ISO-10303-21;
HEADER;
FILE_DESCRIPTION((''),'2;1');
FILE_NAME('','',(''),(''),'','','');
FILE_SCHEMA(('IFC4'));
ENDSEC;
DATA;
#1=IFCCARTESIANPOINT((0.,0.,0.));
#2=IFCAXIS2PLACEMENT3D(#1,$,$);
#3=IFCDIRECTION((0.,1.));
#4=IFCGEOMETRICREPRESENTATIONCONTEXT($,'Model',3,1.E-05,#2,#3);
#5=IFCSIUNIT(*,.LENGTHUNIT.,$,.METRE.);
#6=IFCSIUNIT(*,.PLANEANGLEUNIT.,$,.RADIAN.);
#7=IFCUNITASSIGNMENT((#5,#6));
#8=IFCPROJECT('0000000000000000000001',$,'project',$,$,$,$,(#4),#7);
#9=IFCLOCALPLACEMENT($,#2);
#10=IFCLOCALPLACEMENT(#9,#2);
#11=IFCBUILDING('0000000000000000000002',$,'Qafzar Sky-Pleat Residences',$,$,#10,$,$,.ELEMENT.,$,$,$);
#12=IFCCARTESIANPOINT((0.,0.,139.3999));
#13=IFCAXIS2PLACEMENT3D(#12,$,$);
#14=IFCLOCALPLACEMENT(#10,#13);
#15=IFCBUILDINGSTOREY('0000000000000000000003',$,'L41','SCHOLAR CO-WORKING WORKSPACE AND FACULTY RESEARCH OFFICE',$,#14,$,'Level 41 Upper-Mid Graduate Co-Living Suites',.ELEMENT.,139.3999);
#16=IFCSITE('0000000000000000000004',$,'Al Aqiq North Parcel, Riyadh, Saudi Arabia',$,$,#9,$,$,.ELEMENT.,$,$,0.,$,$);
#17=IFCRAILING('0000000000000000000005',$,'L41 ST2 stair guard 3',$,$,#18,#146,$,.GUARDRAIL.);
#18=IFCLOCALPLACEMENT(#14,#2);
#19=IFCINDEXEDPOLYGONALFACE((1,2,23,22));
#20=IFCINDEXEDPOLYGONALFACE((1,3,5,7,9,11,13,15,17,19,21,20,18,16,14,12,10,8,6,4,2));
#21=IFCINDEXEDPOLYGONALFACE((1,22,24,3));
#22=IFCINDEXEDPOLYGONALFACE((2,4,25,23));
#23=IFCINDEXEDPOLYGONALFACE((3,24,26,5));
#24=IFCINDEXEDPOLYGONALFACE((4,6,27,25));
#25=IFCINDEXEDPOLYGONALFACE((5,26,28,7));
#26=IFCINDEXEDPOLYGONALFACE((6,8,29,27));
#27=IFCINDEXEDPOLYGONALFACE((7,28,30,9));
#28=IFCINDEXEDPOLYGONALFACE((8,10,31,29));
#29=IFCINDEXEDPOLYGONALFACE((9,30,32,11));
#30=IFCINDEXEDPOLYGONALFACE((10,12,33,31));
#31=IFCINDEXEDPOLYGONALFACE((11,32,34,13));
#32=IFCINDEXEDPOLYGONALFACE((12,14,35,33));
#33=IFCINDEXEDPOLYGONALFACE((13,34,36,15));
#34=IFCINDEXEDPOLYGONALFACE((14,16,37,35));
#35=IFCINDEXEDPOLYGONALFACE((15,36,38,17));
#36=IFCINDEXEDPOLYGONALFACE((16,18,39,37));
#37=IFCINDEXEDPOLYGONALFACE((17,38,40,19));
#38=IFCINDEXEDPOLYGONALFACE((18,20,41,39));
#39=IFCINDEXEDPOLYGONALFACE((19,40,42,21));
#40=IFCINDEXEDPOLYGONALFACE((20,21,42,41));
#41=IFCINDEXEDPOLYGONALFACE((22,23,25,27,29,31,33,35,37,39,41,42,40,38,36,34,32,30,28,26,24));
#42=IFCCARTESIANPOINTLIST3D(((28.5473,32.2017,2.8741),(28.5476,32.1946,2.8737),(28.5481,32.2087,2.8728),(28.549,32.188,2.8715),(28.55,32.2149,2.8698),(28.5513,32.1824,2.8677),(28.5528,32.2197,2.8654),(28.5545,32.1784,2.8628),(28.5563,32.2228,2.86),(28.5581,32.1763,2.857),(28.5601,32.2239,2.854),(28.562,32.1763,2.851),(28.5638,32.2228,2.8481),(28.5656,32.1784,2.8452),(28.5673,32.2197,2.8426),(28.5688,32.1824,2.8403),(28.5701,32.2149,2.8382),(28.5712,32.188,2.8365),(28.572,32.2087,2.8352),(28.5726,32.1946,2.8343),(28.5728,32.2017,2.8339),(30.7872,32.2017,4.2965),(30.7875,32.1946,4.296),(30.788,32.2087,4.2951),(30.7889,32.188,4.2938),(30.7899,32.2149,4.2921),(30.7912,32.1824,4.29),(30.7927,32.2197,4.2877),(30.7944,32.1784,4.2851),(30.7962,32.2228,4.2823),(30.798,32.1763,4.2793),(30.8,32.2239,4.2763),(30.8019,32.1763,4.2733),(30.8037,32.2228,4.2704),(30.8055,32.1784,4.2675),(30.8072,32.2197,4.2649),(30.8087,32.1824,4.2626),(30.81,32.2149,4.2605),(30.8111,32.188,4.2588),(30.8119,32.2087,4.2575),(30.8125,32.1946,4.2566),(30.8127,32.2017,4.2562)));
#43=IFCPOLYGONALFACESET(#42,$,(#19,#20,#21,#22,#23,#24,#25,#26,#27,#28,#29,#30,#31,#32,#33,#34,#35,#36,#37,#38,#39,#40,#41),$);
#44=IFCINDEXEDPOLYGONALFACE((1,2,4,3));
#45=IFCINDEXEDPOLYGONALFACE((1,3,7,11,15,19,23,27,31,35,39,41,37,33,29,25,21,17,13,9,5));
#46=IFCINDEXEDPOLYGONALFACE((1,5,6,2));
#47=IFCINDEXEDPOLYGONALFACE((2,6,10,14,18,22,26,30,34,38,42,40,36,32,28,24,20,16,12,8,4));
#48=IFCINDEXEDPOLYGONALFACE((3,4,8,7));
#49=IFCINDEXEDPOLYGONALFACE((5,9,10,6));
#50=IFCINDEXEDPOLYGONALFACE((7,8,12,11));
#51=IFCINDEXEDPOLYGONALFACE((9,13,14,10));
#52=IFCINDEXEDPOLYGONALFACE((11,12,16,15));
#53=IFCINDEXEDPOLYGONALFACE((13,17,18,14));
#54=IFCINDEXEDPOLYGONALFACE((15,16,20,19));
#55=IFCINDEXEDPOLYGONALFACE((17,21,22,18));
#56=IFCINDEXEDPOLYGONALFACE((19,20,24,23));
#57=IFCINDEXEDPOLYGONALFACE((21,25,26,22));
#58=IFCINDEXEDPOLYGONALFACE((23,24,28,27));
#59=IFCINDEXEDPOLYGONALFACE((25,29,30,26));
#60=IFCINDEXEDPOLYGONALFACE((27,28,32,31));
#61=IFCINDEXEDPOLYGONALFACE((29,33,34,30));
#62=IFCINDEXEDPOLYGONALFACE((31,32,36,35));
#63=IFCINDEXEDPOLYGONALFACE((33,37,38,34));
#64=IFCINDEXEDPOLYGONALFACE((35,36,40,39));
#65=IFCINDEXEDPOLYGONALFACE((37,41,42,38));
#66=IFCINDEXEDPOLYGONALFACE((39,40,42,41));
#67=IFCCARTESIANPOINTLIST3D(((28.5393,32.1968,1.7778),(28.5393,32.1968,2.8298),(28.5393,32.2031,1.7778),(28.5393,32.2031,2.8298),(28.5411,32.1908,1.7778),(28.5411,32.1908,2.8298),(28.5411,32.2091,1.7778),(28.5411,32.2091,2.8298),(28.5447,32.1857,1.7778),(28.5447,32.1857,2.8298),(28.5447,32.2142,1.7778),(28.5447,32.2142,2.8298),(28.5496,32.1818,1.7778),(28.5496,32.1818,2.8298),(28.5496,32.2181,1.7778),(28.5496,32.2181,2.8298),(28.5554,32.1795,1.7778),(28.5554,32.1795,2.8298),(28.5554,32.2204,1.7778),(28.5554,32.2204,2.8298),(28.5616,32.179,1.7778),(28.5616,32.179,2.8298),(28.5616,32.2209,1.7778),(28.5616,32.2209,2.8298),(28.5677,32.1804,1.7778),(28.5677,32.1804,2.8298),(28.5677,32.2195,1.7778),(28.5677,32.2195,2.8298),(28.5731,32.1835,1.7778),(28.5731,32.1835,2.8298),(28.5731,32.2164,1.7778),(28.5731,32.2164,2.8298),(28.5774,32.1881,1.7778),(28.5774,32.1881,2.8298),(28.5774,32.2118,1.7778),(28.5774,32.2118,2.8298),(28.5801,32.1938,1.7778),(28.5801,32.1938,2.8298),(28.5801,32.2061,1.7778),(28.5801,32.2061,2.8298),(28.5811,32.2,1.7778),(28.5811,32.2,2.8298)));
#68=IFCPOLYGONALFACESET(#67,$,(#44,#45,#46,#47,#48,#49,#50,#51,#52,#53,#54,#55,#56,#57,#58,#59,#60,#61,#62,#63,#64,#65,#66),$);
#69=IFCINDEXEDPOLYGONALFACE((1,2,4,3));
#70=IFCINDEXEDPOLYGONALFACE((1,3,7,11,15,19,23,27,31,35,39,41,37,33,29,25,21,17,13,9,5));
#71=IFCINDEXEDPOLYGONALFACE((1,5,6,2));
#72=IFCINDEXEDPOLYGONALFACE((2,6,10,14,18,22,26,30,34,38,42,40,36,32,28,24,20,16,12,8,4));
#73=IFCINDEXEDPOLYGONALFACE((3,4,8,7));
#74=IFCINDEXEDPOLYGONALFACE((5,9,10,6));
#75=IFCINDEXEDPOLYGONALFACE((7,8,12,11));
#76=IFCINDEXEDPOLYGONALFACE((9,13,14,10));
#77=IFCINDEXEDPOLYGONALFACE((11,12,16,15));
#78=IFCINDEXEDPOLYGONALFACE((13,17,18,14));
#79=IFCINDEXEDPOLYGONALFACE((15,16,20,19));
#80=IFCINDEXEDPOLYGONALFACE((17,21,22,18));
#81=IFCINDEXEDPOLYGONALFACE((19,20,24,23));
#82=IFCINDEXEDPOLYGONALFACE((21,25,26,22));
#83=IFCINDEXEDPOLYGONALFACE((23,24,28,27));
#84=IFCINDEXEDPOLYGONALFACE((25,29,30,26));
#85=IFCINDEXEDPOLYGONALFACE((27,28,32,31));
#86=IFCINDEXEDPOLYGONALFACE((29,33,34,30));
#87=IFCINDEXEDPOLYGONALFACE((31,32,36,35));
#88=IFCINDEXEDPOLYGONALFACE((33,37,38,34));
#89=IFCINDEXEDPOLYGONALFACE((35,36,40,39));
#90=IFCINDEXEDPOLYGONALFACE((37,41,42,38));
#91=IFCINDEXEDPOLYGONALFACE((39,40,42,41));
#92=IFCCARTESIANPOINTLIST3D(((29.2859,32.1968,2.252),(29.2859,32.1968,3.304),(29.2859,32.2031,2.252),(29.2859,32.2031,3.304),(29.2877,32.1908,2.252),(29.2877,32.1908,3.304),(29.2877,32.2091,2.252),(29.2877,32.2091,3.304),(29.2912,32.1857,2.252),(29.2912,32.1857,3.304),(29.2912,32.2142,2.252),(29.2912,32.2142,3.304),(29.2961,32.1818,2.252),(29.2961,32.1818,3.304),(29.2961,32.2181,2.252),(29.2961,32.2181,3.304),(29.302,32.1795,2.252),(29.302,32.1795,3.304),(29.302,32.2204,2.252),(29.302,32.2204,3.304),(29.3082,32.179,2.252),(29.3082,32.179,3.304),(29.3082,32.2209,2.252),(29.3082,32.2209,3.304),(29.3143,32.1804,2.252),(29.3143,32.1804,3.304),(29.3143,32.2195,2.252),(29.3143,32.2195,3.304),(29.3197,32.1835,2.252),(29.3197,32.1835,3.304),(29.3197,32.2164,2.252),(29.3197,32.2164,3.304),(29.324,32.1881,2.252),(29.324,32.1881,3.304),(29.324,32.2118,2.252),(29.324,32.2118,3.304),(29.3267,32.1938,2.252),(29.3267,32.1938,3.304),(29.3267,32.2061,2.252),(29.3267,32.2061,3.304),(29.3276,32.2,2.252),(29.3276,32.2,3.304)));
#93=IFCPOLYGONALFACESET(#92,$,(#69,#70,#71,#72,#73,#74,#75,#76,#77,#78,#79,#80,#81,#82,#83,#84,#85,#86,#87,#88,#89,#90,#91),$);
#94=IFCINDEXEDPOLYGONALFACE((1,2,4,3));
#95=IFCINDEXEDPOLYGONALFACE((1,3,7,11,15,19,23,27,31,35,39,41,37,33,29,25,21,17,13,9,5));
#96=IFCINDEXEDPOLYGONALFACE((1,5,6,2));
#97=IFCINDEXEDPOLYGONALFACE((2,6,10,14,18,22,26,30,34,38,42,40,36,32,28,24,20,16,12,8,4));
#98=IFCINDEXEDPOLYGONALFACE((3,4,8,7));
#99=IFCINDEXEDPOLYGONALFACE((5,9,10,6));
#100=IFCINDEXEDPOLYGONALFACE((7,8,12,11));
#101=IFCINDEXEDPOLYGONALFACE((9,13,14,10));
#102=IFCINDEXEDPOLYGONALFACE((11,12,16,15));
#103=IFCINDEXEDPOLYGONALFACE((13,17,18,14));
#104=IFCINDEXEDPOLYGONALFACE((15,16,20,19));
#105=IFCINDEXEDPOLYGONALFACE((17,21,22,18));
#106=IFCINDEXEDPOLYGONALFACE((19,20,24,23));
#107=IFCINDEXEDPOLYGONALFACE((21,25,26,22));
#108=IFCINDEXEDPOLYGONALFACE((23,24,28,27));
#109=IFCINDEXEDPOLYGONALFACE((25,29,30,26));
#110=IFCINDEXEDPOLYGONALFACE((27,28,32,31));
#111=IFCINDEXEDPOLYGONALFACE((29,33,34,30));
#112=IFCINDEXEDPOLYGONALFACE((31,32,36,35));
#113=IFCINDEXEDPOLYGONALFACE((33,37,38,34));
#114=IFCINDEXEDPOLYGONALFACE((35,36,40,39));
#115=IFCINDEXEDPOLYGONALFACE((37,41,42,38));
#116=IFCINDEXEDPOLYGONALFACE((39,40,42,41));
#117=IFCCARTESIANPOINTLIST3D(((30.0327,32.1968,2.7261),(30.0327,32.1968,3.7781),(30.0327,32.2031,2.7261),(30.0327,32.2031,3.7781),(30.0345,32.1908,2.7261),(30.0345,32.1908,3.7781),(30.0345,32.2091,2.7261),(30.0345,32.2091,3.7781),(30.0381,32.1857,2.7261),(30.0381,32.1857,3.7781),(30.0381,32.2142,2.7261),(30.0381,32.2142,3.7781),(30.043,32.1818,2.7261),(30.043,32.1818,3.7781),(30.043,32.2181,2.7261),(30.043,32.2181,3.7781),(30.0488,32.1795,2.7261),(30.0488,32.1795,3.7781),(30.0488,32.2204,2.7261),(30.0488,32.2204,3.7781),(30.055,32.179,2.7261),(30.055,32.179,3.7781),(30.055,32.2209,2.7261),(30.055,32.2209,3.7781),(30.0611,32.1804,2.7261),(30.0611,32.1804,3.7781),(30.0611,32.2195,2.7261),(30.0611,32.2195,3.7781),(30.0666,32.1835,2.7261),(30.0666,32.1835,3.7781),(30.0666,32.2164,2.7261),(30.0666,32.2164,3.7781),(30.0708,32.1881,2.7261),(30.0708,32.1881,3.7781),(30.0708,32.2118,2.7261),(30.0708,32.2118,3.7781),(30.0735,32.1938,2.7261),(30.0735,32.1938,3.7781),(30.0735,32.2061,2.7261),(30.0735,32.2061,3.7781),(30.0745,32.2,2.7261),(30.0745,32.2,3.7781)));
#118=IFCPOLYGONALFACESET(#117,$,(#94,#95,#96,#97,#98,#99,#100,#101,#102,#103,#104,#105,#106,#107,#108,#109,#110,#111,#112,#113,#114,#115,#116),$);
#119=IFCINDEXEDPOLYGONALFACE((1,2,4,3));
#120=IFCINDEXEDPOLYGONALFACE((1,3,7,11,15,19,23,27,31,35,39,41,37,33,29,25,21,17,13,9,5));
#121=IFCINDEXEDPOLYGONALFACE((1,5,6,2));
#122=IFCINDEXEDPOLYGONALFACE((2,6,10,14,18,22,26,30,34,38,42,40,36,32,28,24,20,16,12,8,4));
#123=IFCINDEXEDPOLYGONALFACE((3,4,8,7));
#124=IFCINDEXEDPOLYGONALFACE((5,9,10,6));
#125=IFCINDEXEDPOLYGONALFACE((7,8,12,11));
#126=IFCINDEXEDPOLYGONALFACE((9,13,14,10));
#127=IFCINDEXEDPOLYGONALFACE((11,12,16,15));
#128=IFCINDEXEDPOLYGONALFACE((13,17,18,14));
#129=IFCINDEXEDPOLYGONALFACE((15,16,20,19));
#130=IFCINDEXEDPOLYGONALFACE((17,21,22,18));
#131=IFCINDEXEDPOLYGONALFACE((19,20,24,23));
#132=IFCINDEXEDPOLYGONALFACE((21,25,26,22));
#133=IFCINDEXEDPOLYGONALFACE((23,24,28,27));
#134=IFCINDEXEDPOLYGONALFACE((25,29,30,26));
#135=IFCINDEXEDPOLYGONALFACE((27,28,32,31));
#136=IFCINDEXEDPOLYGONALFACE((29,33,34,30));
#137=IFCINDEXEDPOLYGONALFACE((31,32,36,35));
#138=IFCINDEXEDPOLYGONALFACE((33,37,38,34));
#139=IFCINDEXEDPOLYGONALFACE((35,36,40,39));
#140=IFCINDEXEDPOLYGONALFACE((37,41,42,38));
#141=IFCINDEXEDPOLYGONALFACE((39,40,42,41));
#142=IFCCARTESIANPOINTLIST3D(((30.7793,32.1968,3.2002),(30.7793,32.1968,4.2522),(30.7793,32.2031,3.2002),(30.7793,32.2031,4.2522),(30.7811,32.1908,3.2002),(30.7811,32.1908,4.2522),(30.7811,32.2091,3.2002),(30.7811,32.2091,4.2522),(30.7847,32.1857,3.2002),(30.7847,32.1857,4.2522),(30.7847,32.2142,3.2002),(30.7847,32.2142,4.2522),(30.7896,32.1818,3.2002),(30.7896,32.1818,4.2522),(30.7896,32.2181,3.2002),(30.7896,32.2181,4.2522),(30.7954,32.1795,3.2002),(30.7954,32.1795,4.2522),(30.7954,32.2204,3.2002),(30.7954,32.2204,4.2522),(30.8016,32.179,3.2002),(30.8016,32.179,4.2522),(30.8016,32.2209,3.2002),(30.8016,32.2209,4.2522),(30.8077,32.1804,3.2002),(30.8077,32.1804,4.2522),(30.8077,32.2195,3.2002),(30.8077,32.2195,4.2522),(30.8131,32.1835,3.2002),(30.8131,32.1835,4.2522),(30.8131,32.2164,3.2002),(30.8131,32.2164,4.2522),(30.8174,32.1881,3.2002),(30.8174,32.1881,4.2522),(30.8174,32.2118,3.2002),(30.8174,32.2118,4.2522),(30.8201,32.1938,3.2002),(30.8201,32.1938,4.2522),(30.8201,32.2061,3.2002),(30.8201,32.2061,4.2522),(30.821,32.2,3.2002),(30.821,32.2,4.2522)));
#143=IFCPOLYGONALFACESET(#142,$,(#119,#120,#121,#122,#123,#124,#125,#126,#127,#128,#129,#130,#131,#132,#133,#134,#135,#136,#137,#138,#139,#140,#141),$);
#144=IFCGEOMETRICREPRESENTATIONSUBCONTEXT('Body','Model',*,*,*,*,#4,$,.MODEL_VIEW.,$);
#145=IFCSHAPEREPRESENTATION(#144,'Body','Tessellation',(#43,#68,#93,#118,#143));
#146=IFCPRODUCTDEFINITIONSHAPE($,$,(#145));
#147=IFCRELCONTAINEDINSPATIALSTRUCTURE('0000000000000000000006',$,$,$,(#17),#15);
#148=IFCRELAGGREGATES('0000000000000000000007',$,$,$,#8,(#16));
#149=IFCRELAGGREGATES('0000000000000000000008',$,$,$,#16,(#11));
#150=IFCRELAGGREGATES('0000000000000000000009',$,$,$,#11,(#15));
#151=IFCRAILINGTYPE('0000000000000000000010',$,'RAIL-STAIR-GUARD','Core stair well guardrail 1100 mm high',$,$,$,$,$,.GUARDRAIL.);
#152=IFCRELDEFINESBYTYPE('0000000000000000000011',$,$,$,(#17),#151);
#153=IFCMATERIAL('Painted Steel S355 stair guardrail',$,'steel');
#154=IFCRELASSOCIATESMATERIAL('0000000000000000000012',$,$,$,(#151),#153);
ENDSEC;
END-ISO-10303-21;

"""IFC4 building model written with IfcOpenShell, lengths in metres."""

from ifc_helpers import new_model, si_unit, direction, frame, origin, origin_2d, place, context, subcontext, project, spatial, circle, extrude, source, transform, mapped, material, type_object, element, save


model = new_model("IFC4")

# Units and contexts
model_context = context("Model", 3, precision=1e-05, world=origin(), true_north=direction((0.0, 1.0)))
body_context = subcontext(model_context, "Body", "Model", "MODEL_VIEW")
ifc_project = project(units=[si_unit("LENGTHUNIT", "METRE"), si_unit("PLANEANGLEUNIT", "RADIAN")], contexts=[model_context])

# Site, building, storey
site_placement = place(None, origin())
site = spatial("IfcSite", under=ifc_project, at=site_placement, Name="Al Aqiq North Parcel, Riyadh, Saudi Arabia", CompositionType="ELEMENT", RefElevation=0.0)
building_placement = place(site_placement, origin())
building = spatial("IfcBuilding", under=site, at=building_placement, Name="Qafzar Sky-Pleat Residences", CompositionType="ELEMENT")
storey_placement = place(building_placement, frame((0.0, 0.0, 139.3999)))
storey = spatial("IfcBuildingStorey", under=building, at=storey_placement, Name="L41", Description="SCHOLAR CO-WORKING WORKSPACE AND FACULTY RESEARCH OFFICE", LongName="Level 41 Upper-Mid Graduate Co-Living Suites", CompositionType="ELEMENT", Elevation=139.3999)

# Railing
ifc_material_1 = material(Name="Painted Steel S355 stair guardrail", Category="steel")
railing_type_1 = type_object("IfcRailingType", Name="RAIL-STAIR-GUARD", Description="Core stair well guardrail 1100 mm high", PredefinedType="GUARDRAIL", material=ifc_material_1)
shared_shape_1 = source(origin(), body_context, "Body", "SweptSolid", [
    extrude(circle(Radius=0.0239, at=origin_2d()), frame((0.0, 0.0, 1.0762), z_axis=(0.844188, 0.0, 0.536048), x_axis=(0.0, 1.0, 0.0)), (0.0, 0.0, 1.0), 2.6533),
    extrude(circle(Radius=0.021, at=origin_2d()), origin(), (0.0, 0.0, 1.0), 1.052),
    extrude(circle(Radius=0.021, at=origin_2d()), frame((0.7466, 0.0, 0.4741)), (0.0, 0.0, 1.0), 1.052),
    extrude(circle(Radius=0.021, at=origin_2d()), frame((1.4934, 0.0, 0.9482)), (0.0, 0.0, 1.0), 1.052),
    extrude(circle(Radius=0.021, at=origin_2d()), frame((2.24, 0.0, 1.4224)), (0.0, 0.0, 1.0), 1.052),
])
railing_1_placement = place(storey_placement, frame((28.5601, 32.2, 1.7778)))
element("IfcRailing", 1, at=railing_1_placement, inside=storey, type_object=railing_type_1, Name="L41 ST2 stair guard 3", PredefinedType="GUARDRAIL", context=body_context, shape_type="MappedRepresentation", body=[
    mapped(shared_shape_1, transform((0.0, 0.0, 0.0), x_axis=(1.0, 0.0, 0.0), y_axis=(0.0, 1.0, 0.0), z_axis=(0.0, 0.0, 1.0), scale=1.0)),
])

save(model, "model.ifc")
